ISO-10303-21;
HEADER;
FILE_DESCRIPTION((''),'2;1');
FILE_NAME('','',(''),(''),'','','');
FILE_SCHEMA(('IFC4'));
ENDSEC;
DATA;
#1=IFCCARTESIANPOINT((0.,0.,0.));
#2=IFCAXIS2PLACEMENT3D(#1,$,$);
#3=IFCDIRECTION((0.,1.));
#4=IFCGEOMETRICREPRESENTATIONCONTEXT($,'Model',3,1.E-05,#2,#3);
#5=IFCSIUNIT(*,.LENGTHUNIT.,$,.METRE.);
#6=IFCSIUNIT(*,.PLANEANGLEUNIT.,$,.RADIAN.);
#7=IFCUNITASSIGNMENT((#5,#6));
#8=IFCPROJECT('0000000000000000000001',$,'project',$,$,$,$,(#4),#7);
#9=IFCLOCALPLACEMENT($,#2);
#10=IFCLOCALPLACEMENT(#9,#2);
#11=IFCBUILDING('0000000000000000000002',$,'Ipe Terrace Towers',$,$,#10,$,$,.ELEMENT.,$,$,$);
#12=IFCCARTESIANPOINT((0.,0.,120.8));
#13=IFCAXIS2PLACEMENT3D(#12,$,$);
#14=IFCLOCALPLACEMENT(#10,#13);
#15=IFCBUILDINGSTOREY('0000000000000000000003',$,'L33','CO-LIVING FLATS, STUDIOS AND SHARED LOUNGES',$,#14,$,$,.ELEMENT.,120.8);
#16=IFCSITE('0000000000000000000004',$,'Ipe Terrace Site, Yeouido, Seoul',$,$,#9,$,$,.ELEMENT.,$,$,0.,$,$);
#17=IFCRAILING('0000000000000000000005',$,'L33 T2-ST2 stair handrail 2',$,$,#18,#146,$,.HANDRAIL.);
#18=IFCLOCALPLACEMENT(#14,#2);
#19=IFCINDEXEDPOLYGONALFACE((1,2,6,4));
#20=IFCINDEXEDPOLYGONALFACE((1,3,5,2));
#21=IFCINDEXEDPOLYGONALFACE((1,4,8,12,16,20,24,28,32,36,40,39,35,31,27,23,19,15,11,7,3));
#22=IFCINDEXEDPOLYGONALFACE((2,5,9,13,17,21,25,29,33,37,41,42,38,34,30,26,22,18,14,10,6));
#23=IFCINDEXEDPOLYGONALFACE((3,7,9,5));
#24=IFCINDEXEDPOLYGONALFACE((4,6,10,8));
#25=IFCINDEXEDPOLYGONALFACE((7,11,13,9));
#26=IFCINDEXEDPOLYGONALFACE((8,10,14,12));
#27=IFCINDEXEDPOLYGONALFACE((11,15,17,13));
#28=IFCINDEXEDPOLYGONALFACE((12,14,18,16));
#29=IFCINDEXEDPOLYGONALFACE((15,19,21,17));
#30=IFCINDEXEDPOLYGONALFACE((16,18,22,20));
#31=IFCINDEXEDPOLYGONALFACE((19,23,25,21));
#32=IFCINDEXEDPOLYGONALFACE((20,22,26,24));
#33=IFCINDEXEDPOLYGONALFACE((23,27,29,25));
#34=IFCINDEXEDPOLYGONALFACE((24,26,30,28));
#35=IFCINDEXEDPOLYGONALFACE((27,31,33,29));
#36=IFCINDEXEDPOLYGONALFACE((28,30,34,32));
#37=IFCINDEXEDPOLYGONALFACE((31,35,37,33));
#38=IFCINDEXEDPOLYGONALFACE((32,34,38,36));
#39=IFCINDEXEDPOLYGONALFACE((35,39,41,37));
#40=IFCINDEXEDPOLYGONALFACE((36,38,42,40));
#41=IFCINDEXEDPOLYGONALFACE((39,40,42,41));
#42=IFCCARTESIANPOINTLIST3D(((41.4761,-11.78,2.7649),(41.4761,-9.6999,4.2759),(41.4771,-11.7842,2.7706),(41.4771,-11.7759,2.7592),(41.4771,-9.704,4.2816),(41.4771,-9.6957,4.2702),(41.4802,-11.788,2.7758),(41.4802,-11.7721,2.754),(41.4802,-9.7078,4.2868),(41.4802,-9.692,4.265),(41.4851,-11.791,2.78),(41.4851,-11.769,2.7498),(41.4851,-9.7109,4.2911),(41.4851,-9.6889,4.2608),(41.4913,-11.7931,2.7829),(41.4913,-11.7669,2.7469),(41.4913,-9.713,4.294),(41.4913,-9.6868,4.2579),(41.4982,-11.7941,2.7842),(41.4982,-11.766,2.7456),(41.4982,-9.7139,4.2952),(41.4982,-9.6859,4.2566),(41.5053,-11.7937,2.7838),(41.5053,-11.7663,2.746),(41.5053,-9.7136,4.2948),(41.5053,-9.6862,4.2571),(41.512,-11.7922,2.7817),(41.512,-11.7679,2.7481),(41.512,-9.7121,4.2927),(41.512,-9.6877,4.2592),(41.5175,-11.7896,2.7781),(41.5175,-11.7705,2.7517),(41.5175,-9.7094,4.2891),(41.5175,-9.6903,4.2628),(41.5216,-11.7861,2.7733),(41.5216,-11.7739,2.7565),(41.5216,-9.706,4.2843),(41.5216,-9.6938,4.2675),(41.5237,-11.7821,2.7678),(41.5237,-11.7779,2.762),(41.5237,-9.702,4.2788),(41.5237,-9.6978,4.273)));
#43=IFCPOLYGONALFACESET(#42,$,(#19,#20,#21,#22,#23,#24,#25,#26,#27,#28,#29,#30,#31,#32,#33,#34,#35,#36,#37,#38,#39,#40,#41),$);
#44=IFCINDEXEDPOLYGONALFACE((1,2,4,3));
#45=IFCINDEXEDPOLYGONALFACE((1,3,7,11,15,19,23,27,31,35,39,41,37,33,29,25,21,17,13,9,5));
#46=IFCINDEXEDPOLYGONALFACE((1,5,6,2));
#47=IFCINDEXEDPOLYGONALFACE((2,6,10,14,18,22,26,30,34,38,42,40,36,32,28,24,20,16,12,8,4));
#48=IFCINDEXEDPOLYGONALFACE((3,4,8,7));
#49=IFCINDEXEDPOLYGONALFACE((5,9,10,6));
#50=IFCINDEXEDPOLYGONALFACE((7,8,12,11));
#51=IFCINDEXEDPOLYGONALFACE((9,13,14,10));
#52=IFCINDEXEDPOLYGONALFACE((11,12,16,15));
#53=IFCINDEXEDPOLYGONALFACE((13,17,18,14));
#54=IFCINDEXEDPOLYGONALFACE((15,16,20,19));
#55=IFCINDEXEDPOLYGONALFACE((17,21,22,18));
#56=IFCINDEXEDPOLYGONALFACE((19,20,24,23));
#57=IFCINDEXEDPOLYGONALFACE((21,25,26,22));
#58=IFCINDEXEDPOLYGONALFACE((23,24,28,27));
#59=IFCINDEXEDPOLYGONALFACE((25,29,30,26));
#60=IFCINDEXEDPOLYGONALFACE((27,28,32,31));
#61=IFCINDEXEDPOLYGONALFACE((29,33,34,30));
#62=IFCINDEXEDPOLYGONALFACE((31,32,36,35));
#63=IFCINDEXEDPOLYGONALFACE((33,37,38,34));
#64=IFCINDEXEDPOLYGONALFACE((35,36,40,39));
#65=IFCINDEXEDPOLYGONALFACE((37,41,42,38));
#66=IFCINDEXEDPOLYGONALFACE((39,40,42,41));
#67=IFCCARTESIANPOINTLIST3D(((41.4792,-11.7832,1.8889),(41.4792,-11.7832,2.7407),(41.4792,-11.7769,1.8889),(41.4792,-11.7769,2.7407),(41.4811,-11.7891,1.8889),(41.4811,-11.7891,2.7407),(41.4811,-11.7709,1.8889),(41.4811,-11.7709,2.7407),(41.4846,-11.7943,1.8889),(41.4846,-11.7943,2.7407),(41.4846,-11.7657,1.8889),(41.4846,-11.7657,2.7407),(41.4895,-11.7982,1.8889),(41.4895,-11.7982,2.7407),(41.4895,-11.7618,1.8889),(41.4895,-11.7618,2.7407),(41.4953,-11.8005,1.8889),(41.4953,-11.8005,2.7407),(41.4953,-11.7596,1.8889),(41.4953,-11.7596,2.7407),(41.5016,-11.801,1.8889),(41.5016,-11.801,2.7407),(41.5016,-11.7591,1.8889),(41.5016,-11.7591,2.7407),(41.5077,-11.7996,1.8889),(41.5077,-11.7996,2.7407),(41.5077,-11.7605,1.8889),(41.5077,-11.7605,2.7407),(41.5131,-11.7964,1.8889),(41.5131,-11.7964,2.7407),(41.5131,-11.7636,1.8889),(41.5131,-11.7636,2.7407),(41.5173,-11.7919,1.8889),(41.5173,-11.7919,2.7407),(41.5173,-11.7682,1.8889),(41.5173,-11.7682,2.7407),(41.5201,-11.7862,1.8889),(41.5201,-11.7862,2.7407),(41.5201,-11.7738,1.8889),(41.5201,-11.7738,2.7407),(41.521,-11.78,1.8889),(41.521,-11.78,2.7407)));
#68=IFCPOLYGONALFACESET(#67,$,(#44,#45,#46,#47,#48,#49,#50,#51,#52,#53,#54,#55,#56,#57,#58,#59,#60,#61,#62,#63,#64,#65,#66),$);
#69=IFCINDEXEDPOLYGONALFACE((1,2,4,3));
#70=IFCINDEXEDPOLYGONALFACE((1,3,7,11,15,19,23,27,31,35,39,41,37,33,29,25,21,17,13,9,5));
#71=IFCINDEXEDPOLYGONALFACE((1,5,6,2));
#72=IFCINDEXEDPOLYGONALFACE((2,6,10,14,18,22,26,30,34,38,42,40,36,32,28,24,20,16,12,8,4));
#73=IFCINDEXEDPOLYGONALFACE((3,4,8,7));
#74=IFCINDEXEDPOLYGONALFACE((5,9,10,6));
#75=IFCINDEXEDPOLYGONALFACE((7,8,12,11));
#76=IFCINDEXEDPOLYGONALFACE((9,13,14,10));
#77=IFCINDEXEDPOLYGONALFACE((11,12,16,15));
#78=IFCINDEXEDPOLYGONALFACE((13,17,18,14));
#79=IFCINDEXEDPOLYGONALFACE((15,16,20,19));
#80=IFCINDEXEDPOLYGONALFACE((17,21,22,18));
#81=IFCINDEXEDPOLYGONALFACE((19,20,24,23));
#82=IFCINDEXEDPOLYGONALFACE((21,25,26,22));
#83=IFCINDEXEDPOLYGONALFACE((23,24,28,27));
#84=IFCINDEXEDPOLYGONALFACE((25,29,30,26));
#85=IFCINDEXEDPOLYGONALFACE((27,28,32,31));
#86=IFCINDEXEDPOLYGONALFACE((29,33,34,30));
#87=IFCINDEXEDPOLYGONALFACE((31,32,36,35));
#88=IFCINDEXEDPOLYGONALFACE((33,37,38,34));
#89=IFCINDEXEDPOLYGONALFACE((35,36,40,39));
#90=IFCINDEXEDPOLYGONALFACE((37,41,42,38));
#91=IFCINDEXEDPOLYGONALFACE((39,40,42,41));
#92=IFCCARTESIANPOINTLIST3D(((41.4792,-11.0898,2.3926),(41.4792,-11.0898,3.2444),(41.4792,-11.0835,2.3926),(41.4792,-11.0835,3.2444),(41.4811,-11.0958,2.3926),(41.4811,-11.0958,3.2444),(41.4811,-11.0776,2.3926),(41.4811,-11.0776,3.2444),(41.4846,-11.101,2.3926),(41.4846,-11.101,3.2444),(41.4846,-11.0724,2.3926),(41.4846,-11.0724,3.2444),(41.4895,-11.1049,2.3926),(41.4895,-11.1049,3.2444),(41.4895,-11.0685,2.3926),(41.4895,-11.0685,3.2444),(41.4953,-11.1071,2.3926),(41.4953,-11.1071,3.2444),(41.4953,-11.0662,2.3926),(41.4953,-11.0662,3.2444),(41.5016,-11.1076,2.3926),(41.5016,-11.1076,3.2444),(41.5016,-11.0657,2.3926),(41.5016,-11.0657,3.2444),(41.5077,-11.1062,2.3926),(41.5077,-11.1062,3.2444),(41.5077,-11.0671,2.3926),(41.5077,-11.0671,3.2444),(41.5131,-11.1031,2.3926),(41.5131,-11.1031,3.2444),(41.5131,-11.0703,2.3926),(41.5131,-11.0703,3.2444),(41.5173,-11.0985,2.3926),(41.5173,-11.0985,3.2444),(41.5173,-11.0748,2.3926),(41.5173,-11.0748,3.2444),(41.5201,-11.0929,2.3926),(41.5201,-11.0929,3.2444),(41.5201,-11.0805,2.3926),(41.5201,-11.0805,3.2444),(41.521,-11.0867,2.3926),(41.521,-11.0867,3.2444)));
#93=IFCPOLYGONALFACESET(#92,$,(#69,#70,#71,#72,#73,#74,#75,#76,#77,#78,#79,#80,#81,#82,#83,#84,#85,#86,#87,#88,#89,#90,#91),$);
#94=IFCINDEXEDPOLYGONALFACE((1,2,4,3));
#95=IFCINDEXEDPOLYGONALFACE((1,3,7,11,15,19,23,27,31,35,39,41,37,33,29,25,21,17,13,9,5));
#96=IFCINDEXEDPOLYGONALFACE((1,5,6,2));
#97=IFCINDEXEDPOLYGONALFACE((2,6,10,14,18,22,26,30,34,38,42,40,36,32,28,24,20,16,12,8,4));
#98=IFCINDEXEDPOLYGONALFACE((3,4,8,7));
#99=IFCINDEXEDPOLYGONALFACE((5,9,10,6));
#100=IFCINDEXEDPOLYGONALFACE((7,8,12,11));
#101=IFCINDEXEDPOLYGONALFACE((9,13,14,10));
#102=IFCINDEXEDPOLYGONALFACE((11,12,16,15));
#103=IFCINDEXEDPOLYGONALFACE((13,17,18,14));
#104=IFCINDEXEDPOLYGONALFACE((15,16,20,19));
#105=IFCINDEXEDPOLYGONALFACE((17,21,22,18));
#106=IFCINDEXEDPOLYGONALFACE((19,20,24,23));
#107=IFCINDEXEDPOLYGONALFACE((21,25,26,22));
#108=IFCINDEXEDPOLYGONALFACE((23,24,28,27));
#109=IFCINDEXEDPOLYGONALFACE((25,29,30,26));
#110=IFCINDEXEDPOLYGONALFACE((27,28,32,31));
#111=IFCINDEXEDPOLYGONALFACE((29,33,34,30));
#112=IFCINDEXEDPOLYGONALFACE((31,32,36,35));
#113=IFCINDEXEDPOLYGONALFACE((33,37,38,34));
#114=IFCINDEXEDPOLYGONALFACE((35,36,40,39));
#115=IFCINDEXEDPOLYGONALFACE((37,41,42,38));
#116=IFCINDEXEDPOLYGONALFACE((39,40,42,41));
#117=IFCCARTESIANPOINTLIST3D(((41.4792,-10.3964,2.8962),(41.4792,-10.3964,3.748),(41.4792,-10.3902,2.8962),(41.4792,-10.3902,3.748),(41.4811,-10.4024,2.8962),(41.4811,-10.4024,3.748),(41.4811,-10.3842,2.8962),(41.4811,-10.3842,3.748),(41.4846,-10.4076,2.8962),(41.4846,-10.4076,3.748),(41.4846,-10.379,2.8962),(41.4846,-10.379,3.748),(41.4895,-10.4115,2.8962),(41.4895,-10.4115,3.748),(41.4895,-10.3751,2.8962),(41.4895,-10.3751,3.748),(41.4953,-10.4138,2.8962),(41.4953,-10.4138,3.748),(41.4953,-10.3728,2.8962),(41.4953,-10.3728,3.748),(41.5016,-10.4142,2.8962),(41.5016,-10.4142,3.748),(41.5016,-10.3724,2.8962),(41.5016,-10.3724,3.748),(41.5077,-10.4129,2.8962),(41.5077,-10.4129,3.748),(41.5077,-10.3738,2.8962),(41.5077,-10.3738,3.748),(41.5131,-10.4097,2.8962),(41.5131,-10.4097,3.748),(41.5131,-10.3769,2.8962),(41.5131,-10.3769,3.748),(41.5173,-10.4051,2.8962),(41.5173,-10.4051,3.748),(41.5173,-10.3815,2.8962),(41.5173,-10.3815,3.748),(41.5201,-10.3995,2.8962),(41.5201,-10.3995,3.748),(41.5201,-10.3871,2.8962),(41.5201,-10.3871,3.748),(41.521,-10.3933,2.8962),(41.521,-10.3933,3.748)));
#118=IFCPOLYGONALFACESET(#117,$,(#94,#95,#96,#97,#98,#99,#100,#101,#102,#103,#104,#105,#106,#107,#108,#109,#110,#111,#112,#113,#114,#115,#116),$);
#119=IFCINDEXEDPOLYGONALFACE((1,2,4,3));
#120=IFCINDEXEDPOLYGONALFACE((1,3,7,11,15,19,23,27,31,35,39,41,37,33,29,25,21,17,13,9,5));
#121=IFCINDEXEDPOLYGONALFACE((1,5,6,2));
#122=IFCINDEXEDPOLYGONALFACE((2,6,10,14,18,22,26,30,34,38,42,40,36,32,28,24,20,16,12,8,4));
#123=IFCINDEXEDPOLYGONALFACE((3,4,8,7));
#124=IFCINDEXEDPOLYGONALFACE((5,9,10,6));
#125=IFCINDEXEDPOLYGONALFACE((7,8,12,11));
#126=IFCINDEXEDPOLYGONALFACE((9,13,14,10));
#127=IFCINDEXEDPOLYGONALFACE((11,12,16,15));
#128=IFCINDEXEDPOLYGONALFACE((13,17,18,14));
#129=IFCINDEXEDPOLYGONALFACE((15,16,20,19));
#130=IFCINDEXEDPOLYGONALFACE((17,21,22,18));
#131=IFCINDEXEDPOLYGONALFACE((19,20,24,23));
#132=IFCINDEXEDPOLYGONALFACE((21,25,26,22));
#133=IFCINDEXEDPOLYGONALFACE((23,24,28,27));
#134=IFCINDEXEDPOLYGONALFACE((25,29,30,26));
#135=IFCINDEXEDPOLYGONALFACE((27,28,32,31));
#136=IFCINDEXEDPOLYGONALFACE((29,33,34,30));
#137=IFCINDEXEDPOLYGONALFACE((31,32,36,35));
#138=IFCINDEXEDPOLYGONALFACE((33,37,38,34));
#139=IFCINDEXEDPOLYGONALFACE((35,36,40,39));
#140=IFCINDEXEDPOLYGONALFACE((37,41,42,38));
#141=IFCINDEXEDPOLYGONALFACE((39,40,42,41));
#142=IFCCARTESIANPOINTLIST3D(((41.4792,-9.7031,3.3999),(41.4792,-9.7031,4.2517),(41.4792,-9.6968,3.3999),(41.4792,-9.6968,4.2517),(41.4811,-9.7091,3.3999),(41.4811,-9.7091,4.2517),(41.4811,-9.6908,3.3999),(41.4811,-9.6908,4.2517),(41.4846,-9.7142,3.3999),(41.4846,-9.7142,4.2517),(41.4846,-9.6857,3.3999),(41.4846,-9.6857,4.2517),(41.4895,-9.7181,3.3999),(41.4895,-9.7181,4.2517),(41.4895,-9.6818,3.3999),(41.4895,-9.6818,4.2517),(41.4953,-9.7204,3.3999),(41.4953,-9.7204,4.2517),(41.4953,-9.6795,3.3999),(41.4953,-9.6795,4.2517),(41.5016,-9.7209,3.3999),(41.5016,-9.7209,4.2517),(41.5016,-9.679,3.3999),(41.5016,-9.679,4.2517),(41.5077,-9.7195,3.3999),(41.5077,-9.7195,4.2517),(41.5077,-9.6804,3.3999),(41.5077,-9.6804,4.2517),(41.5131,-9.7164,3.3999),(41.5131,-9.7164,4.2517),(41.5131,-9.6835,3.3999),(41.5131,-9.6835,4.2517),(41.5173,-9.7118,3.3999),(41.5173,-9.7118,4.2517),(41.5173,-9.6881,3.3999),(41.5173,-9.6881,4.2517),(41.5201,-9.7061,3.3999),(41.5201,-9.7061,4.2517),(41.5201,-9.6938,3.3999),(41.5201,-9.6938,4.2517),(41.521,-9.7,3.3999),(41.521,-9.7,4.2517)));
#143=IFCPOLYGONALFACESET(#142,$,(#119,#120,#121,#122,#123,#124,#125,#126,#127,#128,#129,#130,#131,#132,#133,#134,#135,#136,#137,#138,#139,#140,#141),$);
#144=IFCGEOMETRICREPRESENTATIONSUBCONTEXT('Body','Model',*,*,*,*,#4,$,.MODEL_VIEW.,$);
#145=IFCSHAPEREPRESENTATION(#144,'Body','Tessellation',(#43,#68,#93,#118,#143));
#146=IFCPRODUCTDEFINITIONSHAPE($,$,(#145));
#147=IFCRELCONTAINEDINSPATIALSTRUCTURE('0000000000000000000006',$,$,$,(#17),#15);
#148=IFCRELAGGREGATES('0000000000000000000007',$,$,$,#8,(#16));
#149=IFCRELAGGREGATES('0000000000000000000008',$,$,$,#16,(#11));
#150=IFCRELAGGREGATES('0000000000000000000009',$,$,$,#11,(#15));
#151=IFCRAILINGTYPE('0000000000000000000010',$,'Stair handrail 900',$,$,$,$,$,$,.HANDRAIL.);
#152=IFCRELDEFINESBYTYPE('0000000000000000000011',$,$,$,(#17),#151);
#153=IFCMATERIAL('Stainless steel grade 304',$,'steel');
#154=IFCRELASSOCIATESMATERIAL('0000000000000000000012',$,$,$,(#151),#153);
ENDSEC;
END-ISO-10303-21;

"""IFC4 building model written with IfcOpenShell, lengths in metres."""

from ifc_helpers import new_model, si_unit, direction, frame, origin, origin_2d, place, context, subcontext, project, spatial, circle, extrude, material, type_object, element, save


model = new_model("IFC4")

# Units and contexts
model_context = context("Model", 3, precision=1e-05, world=origin(), true_north=direction((0.0, 1.0)))
body_context = subcontext(model_context, "Body", "Model", "MODEL_VIEW")
ifc_project = project(units=[si_unit("LENGTHUNIT", "METRE"), si_unit("PLANEANGLEUNIT", "RADIAN")], contexts=[model_context])

# Site, building, storey
site_placement = place(None, origin())
site = spatial("IfcSite", under=ifc_project, at=site_placement, Name="Ipe Terrace Site, Yeouido, Seoul", CompositionType="ELEMENT", RefElevation=0.0)
building_placement = place(site_placement, origin())
building = spatial("IfcBuilding", under=site, at=building_placement, Name="Ipe Terrace Towers", CompositionType="ELEMENT")
storey_placement = place(building_placement, frame((0.0, 0.0, 120.8)))
storey = spatial("IfcBuildingStorey", under=building, at=storey_placement, Name="L33", Description="CO-LIVING FLATS, STUDIOS AND SHARED LOUNGES", CompositionType="ELEMENT", Elevation=120.8)

# Railing
ifc_material_1 = material(Name="Stainless steel grade 304", Category="steel")
railing_type_1 = type_object("IfcRailingType", Name="Stair handrail 900", PredefinedType="HANDRAIL", material=ifc_material_1)
railing_1_placement = place(storey_placement, frame((41.5, -11.78, 1.8889)))
element("IfcRailing", 1, at=railing_1_placement, inside=storey, type_object=railing_type_1, Name="L33 T2-ST2 stair handrail 2", PredefinedType="HANDRAIL", context=body_context, shape_type="SweptSolid", body=[
    extrude(circle(Radius=0.0239, at=origin_2d()), frame((0.0, 0.0, 0.876), z_axis=(0.0, 0.809069, 0.587714), x_axis=(-1.0, 0.0, 0.0)), (0.0, 0.0, 1.0), 2.571),
    extrude(circle(Radius=0.021, at=origin_2d()), origin(), (0.0, 0.0, 1.0), 0.8518),
    extrude(circle(Radius=0.021, at=origin_2d()), frame((0.0, 0.6934, 0.5037)), (0.0, 0.0, 1.0), 0.8518),
    extrude(circle(Radius=0.021, at=origin_2d()), frame((0.0, 1.3867, 1.0073)), (0.0, 0.0, 1.0), 0.8518),
    extrude(circle(Radius=0.021, at=origin_2d()), frame((0.0, 2.0801, 1.511)), (0.0, 0.0, 1.0), 0.8518),
])

save(model, "model.ifc")
